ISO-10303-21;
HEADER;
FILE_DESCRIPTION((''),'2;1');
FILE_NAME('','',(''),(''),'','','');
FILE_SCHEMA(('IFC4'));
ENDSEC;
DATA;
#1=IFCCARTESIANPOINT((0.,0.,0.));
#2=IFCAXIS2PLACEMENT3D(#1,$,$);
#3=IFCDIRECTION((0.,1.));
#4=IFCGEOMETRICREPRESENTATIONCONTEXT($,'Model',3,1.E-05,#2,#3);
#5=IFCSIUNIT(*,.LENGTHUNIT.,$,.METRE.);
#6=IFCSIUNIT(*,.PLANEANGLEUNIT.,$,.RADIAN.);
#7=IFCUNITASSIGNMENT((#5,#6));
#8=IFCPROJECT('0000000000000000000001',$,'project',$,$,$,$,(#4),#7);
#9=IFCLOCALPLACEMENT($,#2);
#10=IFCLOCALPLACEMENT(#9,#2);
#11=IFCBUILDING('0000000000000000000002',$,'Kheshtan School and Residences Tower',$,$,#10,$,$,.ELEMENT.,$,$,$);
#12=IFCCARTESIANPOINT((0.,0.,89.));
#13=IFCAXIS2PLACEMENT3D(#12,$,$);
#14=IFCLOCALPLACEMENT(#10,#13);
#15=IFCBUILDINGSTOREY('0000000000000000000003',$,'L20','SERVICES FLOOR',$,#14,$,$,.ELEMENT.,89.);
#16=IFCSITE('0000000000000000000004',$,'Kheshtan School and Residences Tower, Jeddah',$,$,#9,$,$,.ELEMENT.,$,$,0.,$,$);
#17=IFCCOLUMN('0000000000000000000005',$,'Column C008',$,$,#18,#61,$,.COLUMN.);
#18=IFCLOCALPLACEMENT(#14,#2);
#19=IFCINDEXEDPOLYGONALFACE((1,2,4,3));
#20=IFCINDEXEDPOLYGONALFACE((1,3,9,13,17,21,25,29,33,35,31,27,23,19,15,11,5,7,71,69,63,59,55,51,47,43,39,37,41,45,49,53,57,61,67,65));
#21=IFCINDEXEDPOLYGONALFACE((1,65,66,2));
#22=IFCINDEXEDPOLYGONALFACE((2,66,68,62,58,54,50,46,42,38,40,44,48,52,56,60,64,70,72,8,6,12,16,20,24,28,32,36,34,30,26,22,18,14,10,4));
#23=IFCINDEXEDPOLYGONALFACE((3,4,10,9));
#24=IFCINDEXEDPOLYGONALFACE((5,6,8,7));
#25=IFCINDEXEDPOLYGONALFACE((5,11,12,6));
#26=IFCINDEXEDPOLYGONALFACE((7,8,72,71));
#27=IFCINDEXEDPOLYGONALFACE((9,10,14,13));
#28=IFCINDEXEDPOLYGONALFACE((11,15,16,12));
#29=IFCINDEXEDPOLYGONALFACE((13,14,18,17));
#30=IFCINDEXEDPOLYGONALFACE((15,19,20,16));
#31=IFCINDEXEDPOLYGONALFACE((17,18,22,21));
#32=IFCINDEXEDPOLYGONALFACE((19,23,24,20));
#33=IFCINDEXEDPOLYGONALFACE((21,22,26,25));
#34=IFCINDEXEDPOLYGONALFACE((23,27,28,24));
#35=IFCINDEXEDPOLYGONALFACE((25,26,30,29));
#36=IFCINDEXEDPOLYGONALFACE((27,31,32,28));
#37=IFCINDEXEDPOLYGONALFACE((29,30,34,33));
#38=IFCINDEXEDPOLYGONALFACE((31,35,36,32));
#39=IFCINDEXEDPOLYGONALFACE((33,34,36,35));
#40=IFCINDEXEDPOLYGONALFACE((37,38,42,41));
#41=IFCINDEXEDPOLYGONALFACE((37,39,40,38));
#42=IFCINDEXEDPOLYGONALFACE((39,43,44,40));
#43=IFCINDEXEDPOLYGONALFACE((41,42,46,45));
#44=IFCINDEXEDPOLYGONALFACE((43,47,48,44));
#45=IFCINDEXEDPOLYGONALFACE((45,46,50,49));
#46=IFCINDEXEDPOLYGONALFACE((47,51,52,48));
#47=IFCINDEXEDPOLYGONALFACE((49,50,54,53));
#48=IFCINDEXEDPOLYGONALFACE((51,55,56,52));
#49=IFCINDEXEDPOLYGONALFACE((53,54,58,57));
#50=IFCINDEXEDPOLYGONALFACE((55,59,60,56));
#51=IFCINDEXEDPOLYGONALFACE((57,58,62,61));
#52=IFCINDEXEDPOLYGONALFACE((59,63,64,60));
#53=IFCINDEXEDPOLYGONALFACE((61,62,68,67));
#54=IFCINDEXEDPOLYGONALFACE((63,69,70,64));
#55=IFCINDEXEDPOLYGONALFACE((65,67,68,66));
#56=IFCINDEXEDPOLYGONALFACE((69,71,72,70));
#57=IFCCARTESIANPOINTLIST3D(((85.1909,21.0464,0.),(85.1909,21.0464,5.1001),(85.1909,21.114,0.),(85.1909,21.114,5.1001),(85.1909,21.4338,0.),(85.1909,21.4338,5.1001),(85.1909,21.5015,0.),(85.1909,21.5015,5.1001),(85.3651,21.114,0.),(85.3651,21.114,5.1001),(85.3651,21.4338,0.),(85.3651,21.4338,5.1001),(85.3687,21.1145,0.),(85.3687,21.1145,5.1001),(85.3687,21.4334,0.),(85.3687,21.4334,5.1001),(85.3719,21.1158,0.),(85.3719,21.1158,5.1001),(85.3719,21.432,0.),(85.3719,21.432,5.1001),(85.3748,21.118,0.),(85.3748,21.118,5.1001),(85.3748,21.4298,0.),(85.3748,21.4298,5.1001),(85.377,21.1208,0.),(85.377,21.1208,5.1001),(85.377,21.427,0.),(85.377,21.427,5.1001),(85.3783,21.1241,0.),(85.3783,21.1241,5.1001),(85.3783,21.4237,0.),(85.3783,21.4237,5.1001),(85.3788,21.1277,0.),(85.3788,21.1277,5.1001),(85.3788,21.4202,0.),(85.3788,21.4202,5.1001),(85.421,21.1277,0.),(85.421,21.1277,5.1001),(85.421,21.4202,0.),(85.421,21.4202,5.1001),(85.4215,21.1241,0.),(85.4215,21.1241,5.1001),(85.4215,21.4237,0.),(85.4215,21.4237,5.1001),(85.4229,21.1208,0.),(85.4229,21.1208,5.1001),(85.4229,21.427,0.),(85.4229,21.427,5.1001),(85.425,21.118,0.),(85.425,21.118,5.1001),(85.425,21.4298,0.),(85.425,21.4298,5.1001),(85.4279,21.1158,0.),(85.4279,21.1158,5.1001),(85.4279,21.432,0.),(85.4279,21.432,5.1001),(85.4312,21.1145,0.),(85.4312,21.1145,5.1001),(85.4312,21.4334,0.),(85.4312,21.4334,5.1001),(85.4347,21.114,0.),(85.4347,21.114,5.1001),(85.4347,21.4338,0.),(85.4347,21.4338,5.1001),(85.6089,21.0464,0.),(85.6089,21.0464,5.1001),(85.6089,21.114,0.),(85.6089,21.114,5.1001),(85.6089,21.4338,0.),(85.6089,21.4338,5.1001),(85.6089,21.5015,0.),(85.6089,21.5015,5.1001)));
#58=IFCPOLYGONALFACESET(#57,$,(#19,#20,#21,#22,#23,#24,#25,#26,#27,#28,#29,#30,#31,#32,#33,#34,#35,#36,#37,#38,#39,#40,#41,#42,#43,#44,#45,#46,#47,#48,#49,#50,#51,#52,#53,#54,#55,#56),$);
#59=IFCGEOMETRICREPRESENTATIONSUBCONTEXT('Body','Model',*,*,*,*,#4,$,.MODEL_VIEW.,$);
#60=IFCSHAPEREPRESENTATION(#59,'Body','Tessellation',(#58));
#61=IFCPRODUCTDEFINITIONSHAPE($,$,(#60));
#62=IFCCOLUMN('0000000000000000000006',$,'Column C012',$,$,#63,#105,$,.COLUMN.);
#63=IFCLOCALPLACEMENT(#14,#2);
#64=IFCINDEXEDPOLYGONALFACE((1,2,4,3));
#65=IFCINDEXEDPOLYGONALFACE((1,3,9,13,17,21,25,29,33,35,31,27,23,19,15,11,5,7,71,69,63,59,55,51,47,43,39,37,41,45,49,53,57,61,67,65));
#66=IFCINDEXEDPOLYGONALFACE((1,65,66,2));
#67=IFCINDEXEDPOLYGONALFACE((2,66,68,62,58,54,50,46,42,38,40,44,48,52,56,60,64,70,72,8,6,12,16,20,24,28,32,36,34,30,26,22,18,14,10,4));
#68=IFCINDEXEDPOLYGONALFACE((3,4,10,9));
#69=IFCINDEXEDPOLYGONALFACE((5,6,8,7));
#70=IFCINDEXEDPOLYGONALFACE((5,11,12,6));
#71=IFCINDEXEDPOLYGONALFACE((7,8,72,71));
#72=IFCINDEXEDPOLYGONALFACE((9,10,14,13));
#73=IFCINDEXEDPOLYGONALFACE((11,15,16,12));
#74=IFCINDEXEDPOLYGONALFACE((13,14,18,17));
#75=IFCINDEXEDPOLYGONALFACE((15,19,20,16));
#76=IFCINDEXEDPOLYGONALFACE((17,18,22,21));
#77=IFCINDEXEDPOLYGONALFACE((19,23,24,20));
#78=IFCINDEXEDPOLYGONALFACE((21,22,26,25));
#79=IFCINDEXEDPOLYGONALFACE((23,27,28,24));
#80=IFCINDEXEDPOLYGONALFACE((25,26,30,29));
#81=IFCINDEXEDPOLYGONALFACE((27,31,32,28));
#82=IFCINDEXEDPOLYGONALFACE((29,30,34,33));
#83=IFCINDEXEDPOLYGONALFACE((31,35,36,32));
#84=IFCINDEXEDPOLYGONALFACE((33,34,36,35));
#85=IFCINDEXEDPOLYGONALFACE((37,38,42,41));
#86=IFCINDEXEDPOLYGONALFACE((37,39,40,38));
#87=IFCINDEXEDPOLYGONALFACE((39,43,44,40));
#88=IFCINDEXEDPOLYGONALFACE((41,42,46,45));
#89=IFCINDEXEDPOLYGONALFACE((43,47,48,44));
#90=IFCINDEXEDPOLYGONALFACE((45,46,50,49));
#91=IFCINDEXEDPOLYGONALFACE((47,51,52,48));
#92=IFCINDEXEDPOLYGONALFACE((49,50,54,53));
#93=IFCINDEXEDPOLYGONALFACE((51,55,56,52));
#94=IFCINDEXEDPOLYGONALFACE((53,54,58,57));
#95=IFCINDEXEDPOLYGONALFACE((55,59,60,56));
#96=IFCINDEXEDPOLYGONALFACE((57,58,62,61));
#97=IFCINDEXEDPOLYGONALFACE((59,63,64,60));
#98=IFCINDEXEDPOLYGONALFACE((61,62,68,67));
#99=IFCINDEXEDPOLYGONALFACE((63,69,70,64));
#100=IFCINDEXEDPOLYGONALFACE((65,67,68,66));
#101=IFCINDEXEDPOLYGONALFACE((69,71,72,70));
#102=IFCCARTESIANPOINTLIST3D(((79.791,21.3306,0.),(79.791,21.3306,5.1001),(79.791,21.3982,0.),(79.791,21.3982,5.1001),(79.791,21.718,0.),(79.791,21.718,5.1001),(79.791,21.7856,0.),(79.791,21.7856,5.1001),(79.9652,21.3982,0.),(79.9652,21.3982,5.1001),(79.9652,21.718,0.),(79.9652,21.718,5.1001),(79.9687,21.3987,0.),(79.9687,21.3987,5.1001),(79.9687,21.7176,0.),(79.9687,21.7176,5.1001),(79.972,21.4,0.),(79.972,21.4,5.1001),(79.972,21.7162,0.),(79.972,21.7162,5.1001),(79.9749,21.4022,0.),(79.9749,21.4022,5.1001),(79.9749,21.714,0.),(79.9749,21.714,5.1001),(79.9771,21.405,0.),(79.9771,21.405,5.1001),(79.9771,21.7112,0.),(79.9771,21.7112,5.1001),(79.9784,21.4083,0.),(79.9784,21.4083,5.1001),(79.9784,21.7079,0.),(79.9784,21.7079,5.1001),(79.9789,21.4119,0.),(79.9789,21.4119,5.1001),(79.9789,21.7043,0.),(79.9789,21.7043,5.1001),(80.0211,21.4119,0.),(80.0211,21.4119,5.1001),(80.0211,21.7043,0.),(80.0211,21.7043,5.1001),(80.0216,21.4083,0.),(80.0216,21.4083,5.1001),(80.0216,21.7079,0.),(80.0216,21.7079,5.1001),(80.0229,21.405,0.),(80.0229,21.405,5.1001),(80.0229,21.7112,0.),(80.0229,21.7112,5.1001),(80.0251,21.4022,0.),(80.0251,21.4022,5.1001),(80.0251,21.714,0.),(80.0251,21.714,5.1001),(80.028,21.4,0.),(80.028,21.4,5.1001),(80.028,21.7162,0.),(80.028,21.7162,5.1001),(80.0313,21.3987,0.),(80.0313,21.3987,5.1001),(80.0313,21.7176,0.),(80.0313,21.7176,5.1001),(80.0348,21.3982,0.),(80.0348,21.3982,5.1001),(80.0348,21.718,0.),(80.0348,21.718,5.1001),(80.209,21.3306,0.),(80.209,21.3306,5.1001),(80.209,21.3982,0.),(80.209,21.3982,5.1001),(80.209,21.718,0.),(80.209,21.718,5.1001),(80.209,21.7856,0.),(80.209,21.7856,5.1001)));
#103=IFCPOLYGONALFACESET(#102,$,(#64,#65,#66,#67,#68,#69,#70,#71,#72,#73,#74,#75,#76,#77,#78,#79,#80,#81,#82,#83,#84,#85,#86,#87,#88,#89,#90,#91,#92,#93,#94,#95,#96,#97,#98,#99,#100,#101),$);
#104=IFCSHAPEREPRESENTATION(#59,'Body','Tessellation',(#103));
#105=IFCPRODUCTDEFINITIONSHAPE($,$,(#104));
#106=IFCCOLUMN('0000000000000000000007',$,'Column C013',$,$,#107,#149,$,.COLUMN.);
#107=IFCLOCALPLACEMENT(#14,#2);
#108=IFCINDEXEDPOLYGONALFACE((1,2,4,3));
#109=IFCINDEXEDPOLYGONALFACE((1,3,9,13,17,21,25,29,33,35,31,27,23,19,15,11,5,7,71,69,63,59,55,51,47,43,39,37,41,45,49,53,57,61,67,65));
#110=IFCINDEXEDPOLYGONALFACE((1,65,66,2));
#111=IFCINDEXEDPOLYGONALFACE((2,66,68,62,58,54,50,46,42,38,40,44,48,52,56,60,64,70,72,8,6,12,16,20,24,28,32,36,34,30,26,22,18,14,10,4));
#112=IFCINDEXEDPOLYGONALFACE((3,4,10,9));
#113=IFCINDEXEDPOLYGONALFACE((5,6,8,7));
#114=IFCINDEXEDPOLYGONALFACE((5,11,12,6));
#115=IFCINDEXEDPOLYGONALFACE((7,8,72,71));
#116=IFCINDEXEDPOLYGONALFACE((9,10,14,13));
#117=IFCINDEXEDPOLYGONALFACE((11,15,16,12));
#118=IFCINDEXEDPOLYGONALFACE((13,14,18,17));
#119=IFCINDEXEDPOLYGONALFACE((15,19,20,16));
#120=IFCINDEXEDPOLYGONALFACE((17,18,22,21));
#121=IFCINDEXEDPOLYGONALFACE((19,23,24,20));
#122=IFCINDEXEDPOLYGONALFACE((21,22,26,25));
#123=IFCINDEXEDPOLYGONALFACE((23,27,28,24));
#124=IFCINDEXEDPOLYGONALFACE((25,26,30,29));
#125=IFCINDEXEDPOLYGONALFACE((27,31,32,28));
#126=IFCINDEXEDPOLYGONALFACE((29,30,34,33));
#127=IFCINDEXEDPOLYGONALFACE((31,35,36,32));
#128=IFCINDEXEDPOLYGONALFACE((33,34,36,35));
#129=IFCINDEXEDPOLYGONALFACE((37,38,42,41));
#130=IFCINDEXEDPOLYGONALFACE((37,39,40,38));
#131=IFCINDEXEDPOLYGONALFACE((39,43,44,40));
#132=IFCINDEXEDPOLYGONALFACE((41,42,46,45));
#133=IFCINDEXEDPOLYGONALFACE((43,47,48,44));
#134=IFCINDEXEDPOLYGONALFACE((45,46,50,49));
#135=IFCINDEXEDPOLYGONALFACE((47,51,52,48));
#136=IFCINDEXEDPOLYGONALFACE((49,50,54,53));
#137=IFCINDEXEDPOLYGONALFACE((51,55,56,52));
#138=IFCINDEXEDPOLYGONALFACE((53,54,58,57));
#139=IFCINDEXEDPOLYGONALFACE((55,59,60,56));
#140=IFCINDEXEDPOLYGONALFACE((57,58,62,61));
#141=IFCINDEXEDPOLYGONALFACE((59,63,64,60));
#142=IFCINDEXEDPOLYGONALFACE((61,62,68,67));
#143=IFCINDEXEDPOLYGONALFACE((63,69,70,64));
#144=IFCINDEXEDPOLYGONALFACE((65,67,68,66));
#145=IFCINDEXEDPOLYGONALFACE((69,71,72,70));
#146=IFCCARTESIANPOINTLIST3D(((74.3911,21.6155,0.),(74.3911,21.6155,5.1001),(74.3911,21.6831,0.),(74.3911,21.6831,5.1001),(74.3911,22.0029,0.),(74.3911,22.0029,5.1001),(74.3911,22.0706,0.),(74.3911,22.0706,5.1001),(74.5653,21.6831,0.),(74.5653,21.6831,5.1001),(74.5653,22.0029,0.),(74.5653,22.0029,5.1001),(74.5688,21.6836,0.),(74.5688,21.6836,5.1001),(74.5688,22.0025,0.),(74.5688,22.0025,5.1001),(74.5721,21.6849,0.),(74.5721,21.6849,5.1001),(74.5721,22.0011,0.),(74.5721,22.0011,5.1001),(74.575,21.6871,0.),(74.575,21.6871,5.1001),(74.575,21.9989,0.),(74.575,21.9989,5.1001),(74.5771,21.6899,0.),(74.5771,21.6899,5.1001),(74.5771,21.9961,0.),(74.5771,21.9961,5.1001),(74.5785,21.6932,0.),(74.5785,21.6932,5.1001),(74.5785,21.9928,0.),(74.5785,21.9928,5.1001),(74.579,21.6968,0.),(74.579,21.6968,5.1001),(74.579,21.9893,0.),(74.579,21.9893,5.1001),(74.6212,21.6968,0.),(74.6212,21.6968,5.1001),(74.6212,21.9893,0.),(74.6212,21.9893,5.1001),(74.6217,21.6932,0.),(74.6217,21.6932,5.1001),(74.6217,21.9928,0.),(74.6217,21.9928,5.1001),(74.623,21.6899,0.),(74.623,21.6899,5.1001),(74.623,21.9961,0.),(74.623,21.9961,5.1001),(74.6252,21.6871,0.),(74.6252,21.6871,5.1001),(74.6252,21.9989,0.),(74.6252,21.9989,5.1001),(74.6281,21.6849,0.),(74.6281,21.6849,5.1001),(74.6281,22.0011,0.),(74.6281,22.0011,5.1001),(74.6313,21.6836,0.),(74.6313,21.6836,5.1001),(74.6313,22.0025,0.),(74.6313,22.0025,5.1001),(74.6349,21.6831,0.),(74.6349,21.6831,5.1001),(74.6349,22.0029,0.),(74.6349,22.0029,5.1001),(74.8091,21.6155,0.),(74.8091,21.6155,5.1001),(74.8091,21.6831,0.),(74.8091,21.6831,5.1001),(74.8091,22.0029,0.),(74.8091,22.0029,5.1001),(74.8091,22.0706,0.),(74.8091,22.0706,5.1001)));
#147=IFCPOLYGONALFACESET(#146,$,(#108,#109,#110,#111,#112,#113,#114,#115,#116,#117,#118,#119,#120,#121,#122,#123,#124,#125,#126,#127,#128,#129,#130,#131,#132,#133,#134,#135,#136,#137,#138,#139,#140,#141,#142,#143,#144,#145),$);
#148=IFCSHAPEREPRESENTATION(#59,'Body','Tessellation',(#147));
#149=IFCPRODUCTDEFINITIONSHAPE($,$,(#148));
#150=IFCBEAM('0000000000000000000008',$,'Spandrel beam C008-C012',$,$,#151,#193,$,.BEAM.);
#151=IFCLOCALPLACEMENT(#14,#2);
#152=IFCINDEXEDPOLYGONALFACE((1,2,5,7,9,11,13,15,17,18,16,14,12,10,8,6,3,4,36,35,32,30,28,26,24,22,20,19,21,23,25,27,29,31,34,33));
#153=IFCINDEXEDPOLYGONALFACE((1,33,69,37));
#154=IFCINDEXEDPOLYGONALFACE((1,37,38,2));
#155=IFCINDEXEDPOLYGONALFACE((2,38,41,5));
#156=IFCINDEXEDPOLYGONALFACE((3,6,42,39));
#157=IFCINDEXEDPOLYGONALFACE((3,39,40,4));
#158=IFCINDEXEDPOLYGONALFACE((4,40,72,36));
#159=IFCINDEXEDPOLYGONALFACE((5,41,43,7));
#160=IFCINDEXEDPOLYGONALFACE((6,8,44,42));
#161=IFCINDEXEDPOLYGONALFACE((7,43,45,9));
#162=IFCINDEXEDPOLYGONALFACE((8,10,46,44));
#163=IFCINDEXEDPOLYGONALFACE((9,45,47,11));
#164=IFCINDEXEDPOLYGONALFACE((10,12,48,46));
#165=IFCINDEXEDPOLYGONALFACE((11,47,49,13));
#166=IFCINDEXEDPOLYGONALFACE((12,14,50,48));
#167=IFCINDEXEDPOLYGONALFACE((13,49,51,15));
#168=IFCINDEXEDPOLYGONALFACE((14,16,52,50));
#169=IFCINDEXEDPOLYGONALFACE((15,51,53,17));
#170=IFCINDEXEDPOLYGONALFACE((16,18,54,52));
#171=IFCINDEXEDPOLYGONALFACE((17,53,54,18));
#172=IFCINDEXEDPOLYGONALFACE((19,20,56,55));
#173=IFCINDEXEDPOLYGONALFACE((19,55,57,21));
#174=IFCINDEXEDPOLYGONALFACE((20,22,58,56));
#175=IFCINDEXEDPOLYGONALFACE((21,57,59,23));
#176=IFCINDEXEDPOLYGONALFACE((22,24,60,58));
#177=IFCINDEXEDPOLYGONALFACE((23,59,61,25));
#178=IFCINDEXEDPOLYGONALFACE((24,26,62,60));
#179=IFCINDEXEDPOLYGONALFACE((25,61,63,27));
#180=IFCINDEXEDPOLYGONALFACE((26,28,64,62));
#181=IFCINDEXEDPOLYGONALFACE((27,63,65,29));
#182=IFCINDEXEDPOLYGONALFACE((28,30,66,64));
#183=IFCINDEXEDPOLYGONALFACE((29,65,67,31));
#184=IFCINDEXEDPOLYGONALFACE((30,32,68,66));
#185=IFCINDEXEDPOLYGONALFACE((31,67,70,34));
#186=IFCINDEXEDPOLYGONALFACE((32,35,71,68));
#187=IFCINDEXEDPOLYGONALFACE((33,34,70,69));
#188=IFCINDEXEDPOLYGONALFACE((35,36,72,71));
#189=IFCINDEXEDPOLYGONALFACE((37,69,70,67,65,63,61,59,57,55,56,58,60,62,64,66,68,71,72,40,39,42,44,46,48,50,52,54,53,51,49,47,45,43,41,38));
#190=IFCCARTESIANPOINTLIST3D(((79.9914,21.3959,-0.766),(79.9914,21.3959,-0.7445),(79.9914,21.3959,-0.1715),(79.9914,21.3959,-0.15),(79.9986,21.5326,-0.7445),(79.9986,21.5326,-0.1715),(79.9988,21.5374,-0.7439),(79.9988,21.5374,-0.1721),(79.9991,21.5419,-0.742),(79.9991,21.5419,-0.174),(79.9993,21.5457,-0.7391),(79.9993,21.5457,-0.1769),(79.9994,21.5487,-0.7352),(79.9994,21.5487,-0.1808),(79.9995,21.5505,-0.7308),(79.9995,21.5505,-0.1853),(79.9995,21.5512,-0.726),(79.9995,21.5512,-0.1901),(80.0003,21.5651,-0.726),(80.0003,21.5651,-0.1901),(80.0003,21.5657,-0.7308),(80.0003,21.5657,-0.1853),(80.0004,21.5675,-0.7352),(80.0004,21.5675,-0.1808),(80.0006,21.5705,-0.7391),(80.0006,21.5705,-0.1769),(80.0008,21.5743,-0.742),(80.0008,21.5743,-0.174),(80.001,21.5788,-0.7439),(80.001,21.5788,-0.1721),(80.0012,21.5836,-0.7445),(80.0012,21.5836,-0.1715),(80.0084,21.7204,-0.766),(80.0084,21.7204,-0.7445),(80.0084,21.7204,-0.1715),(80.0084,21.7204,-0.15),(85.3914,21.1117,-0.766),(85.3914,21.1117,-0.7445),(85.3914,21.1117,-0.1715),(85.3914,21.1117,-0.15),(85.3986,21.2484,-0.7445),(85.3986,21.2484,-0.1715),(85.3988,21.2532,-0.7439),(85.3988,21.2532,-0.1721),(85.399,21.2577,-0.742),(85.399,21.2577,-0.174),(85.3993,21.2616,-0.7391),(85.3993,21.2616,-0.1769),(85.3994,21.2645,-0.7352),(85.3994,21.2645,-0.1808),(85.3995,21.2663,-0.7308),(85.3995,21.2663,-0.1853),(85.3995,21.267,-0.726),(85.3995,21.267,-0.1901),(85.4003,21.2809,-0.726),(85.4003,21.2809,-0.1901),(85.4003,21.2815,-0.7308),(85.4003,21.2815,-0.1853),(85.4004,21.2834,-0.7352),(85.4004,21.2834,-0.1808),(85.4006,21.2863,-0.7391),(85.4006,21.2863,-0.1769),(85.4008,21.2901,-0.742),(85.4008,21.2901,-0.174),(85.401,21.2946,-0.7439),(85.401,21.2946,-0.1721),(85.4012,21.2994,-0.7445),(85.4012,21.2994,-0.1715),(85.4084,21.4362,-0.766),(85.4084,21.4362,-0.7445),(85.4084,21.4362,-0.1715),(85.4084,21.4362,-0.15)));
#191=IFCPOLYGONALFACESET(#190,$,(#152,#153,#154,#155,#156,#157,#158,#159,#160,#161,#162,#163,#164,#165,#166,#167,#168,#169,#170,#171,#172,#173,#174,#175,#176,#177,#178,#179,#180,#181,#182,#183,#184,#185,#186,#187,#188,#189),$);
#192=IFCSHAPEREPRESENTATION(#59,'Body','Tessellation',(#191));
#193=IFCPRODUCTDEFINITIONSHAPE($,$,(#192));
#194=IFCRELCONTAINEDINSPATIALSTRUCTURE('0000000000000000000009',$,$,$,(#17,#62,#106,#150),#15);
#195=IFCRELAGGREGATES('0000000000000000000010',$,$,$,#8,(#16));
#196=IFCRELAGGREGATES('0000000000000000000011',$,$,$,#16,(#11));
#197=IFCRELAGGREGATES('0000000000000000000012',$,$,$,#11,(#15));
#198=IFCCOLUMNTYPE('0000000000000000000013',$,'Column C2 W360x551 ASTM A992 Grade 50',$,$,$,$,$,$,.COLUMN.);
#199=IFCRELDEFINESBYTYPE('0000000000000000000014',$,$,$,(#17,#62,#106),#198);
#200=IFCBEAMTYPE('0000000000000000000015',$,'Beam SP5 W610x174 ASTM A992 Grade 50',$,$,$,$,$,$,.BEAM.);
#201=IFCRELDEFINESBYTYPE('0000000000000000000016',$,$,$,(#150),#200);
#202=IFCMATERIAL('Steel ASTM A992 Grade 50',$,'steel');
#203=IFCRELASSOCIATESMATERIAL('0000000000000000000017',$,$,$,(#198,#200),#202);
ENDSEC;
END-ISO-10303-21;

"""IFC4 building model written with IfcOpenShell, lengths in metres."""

from ifc_helpers import new_model, si_unit, direction, frame, origin, origin_2d, place, context, subcontext, project, spatial, i_section, extrude, material, material_profile, profile_set, type_object, element, save


model = new_model("IFC4")

# Units and contexts
model_context = context("Model", 3, precision=1e-05, world=origin(), true_north=direction((0.0, 1.0)))
body_context = subcontext(model_context, "Body", "Model", "MODEL_VIEW")
ifc_project = project(units=[si_unit("LENGTHUNIT", "METRE"), si_unit("PLANEANGLEUNIT", "RADIAN")], contexts=[model_context])

# Site, building, storey
site_placement = place(None, origin())
site = spatial("IfcSite", under=ifc_project, at=site_placement, Name="Kheshtan School and Residences Tower, Jeddah", CompositionType="ELEMENT", RefElevation=0.0)
building_placement = place(site_placement, origin())
building = spatial("IfcBuilding", under=site, at=building_placement, Name="Kheshtan School and Residences Tower", CompositionType="ELEMENT")
storey_placement = place(building_placement, frame((0.0, 0.0, 89.0)))
storey = spatial("IfcBuildingStorey", under=building, at=storey_placement, Name="L20", Description="SERVICES FLOOR", CompositionType="ELEMENT", Elevation=89.0)

# Columns
ifc_material_1 = material(Name="Steel ASTM A992 Grade 50", Category="steel")
ifc_material_profile_1 = material_profile(ifc_material_1, i_section(OverallWidth=0.418, OverallDepth=0.4551, WebThickness=0.0422, FlangeThickness=0.0676, FilletRadius=0.0137, at=origin_2d()), Name="W360x551")
ifc_profile_set_1 = profile_set([ifc_material_profile_1], Name="Steel ASTM A992 Grade 50")
column_type = type_object("IfcColumnType", Name="Column C2 W360x551 ASTM A992 Grade 50", PredefinedType="COLUMN", material=ifc_profile_set_1)
for number, where, z_axis, x_axis, name in (
    (1, (85.3999, 21.2739, 0.0), (0.0, 0.0, 1.0), (1.0, 0.0, 0.0), "Column C008"),
    (2, (80.0, 21.5581, 0.0), (0.0, 0.0, 1.0), (1.0, 0.0, 0.0), "Column C012"),
    (3, (74.6001, 21.843, 0.0), (0.0, 0.0, 1.0), (1.0, 0.0, 0.0), "Column C013"),
):
    element("IfcColumn", number, at=place(storey_placement, frame(where, z_axis=z_axis, x_axis=x_axis)), inside=storey, type_object=column_type, Name=name, PredefinedType="COLUMN", context=body_context, shape_type="SweptSolid", body=[
        extrude(i_section(OverallWidth=0.418, OverallDepth=0.4551, WebThickness=0.0422, FlangeThickness=0.0676, FilletRadius=0.0137, at=origin_2d()), origin(), (0.0, 0.0, 1.0), 5.1001),
    ])

# Beam
ifc_material_profile_2 = material_profile(ifc_material_1, i_section(OverallWidth=0.325, OverallDepth=0.616, WebThickness=0.0139, FlangeThickness=0.0215, FilletRadius=0.0186, at=origin_2d()), Name="W610x174")
ifc_profile_set_2 = profile_set([ifc_material_profile_2], Name="Steel ASTM A992 Grade 50")
beam_type = type_object("IfcBeamType", Name="Beam SP5 W610x174 ASTM A992 Grade 50", PredefinedType="BEAM", material=ifc_profile_set_2)
for number, where, z_axis, x_axis, name in (
    (4, (85.3999, 21.2739, -0.458), (-0.998618, 0.052554, 0.0), (-0.052554, -0.998618, 0.0), "Spandrel beam C008-C012"),
):
    element("IfcBeam", number, at=place(storey_placement, frame(where, z_axis=z_axis, x_axis=x_axis)), inside=storey, type_object=beam_type, Name=name, PredefinedType="BEAM", context=body_context, shape_type="SweptSolid", body=[
        extrude(i_section(OverallWidth=0.325, OverallDepth=0.616, WebThickness=0.0139, FlangeThickness=0.0215, FilletRadius=0.0186, at=origin_2d()), origin(), (0.0, 0.0, 1.0), 5.4075),
    ])

save(model, "model.ifc")
